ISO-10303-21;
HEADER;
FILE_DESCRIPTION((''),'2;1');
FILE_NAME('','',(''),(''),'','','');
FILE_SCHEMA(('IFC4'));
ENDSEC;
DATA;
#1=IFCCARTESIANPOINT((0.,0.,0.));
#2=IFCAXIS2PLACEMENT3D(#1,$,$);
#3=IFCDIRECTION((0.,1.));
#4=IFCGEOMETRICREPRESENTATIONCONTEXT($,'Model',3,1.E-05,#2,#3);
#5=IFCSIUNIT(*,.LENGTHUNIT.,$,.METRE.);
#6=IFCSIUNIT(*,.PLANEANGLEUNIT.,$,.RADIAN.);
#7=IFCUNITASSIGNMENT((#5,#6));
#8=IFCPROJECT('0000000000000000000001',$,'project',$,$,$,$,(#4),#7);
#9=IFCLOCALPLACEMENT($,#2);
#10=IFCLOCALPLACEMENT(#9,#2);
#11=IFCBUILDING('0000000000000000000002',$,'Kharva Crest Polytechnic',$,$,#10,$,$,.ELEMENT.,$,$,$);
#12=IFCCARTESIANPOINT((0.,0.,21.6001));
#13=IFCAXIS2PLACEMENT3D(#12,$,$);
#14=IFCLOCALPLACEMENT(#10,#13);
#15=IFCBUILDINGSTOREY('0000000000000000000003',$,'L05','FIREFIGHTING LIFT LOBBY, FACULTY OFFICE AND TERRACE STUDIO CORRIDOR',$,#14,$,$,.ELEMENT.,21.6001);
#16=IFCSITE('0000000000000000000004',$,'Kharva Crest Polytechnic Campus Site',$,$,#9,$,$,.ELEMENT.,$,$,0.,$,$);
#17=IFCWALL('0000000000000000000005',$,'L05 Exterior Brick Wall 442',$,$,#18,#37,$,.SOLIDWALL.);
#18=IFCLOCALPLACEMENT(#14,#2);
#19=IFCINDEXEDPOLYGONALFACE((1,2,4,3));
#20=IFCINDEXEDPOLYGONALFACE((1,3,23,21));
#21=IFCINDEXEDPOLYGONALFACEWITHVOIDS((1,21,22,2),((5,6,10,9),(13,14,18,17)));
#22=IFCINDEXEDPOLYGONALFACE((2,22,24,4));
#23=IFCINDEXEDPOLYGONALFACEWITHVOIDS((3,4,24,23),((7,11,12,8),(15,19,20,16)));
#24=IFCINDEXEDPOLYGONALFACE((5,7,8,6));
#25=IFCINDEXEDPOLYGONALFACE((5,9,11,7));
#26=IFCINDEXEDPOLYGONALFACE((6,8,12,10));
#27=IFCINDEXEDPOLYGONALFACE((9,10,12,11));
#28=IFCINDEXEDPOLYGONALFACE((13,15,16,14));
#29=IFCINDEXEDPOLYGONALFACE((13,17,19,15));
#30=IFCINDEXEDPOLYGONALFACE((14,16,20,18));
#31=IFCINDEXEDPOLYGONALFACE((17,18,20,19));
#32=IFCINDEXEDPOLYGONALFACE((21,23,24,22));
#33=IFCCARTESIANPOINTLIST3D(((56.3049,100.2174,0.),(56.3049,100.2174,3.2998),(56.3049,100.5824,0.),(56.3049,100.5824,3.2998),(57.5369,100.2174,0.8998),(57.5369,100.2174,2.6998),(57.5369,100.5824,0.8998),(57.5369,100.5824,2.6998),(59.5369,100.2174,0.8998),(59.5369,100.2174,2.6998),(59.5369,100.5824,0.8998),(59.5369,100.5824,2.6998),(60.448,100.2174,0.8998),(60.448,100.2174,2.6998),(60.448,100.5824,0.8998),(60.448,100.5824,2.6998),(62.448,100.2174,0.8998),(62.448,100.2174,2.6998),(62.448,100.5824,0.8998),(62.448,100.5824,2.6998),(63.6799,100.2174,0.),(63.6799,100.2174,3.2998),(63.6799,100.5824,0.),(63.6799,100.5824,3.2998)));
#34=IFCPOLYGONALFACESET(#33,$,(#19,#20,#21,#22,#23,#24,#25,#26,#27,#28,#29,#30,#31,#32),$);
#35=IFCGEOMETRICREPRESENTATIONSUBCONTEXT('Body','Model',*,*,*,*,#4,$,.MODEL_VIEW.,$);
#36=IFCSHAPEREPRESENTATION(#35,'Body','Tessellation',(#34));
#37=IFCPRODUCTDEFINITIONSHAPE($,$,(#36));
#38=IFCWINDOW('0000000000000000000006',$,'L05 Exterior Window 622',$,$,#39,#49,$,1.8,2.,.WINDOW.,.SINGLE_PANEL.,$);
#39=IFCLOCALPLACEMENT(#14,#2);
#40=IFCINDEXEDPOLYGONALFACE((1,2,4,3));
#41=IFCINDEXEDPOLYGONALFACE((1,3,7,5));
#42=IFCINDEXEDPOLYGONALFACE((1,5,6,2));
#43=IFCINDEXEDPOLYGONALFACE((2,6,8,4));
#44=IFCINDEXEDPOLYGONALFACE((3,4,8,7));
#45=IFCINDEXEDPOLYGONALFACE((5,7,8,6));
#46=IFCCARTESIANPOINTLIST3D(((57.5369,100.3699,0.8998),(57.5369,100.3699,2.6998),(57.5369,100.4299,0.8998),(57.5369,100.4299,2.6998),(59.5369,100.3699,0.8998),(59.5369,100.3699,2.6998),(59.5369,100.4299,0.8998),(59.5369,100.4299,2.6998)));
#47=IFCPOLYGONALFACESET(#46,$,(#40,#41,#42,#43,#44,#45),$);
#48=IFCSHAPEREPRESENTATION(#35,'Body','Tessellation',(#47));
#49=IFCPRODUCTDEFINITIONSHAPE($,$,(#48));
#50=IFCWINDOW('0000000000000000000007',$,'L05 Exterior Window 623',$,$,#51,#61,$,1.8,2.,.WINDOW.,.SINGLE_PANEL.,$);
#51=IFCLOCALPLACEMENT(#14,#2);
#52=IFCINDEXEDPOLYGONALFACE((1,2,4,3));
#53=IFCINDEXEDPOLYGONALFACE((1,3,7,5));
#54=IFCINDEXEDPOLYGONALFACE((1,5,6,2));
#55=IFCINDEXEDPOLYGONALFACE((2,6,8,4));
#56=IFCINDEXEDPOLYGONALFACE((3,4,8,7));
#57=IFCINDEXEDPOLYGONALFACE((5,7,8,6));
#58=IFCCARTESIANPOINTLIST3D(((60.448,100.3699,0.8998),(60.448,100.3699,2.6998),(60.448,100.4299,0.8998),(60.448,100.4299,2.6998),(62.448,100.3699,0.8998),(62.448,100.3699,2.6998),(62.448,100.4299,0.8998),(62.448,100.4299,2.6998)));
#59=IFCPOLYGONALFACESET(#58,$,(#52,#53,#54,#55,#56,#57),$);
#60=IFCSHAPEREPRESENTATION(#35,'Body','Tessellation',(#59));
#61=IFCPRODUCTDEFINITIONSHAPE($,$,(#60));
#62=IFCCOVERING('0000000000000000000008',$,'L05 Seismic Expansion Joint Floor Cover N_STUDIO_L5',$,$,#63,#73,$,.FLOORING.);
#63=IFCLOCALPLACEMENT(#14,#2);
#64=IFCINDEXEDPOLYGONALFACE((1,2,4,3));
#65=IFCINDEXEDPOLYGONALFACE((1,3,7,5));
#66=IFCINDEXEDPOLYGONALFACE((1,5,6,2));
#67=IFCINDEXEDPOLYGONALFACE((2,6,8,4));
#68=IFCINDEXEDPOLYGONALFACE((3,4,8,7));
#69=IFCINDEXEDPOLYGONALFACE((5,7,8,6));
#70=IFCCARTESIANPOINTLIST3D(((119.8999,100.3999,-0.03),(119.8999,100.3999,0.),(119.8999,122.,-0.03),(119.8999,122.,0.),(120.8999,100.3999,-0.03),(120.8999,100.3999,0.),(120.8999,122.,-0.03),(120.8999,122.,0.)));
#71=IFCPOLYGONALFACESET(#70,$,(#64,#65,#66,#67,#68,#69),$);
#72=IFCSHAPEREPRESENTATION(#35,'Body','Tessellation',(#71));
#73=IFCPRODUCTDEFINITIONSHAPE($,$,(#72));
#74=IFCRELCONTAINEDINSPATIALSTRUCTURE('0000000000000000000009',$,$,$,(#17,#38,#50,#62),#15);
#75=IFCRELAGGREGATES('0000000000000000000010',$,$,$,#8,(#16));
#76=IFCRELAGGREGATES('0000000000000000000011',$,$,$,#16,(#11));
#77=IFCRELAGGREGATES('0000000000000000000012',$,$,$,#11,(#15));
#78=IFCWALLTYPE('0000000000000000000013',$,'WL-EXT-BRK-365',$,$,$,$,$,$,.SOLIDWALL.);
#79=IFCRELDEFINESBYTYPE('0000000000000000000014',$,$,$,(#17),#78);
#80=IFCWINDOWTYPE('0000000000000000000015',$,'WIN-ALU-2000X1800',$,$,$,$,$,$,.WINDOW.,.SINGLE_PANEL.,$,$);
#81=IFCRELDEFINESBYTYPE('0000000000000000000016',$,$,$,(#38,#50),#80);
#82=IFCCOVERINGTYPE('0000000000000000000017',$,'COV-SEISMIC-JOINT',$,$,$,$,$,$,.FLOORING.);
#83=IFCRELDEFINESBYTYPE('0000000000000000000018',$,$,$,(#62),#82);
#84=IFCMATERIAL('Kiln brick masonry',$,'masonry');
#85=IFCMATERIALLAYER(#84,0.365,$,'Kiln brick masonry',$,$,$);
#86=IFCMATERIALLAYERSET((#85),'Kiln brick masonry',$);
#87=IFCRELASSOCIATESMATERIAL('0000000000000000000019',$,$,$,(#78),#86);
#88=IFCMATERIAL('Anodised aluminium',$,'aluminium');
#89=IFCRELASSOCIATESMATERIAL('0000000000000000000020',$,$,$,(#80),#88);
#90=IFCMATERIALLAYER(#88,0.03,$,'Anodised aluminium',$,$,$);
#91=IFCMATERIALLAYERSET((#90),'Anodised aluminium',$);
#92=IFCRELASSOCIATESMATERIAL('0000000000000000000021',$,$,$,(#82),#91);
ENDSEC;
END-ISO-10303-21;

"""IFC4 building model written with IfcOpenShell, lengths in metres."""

from ifc_helpers import new_model, si_unit, direction, frame, frame_2d, origin, place, context, subcontext, project, spatial, polyline, rectangle, outline, extrude, material, layer, layer_set, type_object, element, fill, save


model = new_model("IFC4")

# Units and contexts
model_context = context("Model", 3, precision=1e-05, world=origin(), true_north=direction((0.0, 1.0)))
body_context = subcontext(model_context, "Body", "Model", "MODEL_VIEW")
ifc_project = project(units=[si_unit("LENGTHUNIT", "METRE"), si_unit("PLANEANGLEUNIT", "RADIAN")], contexts=[model_context])

# Site, building, storey
site_placement = place(None, origin())
site = spatial("IfcSite", under=ifc_project, at=site_placement, Name="Kharva Crest Polytechnic Campus Site", CompositionType="ELEMENT", RefElevation=0.0)
building_placement = place(site_placement, origin())
building = spatial("IfcBuilding", under=site, at=building_placement, Name="Kharva Crest Polytechnic", CompositionType="ELEMENT")
storey_placement = place(building_placement, frame((0.0, 0.0, 21.6001)))
storey = spatial("IfcBuildingStorey", under=building, at=storey_placement, Name="L05", Description="FIREFIGHTING LIFT LOBBY, FACULTY OFFICE AND TERRACE STUDIO CORRIDOR", CompositionType="ELEMENT", Elevation=21.6001)

# Wall, openings, windows
ifc_material_1 = material(Name="Kiln brick masonry", Category="masonry")
ifc_layer_1 = layer(ifc_material_1, 0.365, Name="Kiln brick masonry")
ifc_layer_set_1 = layer_set([ifc_layer_1], Name="Kiln brick masonry")
wall_type = type_object("IfcWallType", Name="WL-EXT-BRK-365", PredefinedType="SOLIDWALL", material=ifc_layer_set_1)
wall_placement = place(storey_placement, frame((56.3049, 100.3999, 0.0), z_axis=(0.0, 0.0, 1.0), x_axis=(1.0, 0.0, 0.0)))
wall = element("IfcWall", 1, at=wall_placement, inside=storey, type_object=wall_type, Name="L05 Exterior Brick Wall 442", PredefinedType="SOLIDWALL", context=body_context, shape_type="SweptSolid", body=[
    extrude(rectangle(XDim=7.375, YDim=0.365, at=frame_2d((3.6875, 0.0))), origin(), (0.0, 0.0, 1.0), 3.2998),
])
opening_1_placement = place(wall_placement, frame((1.2319, 0.0, 0.8999)))
opening_1 = element("IfcOpeningElement", 2, at=opening_1_placement, cuts=wall, PredefinedType="OPENING", context=body_context, shape_type="SweptSolid", body=[
    extrude(rectangle(XDim=2.0, YDim=1.8, at=frame_2d((1.0, 0.8999))), frame((0.0, 0.1924, 0.0), z_axis=(0.0, -1.0, 0.0), x_axis=(1.0, 0.0, 0.0)), (0.0, 0.0, 1.0), 0.385),
])
opening_2_placement = place(wall_placement, frame((4.1431, 0.0, 0.8999)))
opening_2 = element("IfcOpeningElement", 3, at=opening_2_placement, cuts=wall, PredefinedType="OPENING", context=body_context, shape_type="SweptSolid", body=[
    extrude(rectangle(XDim=2.0, YDim=1.8, at=frame_2d((1.0, 0.8999))), frame((0.0, 0.1924, 0.0), z_axis=(0.0, -1.0, 0.0), x_axis=(1.0, 0.0, 0.0)), (0.0, 0.0, 1.0), 0.385),
])
ifc_material_2 = material(Name="Anodised aluminium", Category="aluminium")
window_type = type_object("IfcWindowType", Name="WIN-ALU-2000X1800", PartitioningType="SINGLE_PANEL", PredefinedType="WINDOW", material=ifc_material_2)
window_1_placement = place(opening_1_placement, origin())
window_1 = element("IfcWindow", 4, at=window_1_placement, inside=storey, type_object=window_type, Name="L05 Exterior Window 622", OverallHeight=1.8, OverallWidth=2.0, PartitioningType="SINGLE_PANEL", PredefinedType="WINDOW", context=body_context, shape_type="SweptSolid", body=[
    extrude(rectangle(XDim=2.0, YDim=1.8, at=frame_2d((1.0, 0.8999))), frame((0.0, 0.03, 0.0), z_axis=(0.0, -1.0, 0.0), x_axis=(1.0, 0.0, 0.0)), (0.0, 0.0, 1.0), 0.0601),
])
fill(opening_1, window_1)
window_2_placement = place(opening_2_placement, origin())
window_2 = element("IfcWindow", 5, at=window_2_placement, inside=storey, type_object=window_type, Name="L05 Exterior Window 623", OverallHeight=1.8, OverallWidth=2.0, PartitioningType="SINGLE_PANEL", PredefinedType="WINDOW", context=body_context, shape_type="SweptSolid", body=[
    extrude(rectangle(XDim=2.0, YDim=1.8, at=frame_2d((1.0, 0.8999))), frame((0.0, 0.03, 0.0), z_axis=(0.0, -1.0, 0.0), x_axis=(1.0, 0.0, 0.0)), (0.0, 0.0, 1.0), 0.0601),
])
fill(opening_2, window_2)

# Covering
ifc_layer_2 = layer(ifc_material_2, 0.03, Name="Anodised aluminium")
ifc_layer_set_2 = layer_set([ifc_layer_2], Name="Anodised aluminium")
covering_type = type_object("IfcCoveringType", Name="COV-SEISMIC-JOINT", PredefinedType="FLOORING", material=ifc_layer_set_2)
covering_placement = place(storey_placement, frame((0.0, 0.0, -0.03)))
element("IfcCovering", 6, at=covering_placement, inside=storey, type_object=covering_type, Name="L05 Seismic Expansion Joint Floor Cover N_STUDIO_L5", PredefinedType="FLOORING", context=body_context, shape_type="SweptSolid", body=[
    extrude(outline(polyline([(119.8999, 100.3999), (120.8999, 100.3999), (120.8999, 122.0), (119.8999, 122.0), (119.8999, 100.3999)])), origin(), (0.0, 0.0, 1.0), 0.03),
])

save(model, "model.ifc")
